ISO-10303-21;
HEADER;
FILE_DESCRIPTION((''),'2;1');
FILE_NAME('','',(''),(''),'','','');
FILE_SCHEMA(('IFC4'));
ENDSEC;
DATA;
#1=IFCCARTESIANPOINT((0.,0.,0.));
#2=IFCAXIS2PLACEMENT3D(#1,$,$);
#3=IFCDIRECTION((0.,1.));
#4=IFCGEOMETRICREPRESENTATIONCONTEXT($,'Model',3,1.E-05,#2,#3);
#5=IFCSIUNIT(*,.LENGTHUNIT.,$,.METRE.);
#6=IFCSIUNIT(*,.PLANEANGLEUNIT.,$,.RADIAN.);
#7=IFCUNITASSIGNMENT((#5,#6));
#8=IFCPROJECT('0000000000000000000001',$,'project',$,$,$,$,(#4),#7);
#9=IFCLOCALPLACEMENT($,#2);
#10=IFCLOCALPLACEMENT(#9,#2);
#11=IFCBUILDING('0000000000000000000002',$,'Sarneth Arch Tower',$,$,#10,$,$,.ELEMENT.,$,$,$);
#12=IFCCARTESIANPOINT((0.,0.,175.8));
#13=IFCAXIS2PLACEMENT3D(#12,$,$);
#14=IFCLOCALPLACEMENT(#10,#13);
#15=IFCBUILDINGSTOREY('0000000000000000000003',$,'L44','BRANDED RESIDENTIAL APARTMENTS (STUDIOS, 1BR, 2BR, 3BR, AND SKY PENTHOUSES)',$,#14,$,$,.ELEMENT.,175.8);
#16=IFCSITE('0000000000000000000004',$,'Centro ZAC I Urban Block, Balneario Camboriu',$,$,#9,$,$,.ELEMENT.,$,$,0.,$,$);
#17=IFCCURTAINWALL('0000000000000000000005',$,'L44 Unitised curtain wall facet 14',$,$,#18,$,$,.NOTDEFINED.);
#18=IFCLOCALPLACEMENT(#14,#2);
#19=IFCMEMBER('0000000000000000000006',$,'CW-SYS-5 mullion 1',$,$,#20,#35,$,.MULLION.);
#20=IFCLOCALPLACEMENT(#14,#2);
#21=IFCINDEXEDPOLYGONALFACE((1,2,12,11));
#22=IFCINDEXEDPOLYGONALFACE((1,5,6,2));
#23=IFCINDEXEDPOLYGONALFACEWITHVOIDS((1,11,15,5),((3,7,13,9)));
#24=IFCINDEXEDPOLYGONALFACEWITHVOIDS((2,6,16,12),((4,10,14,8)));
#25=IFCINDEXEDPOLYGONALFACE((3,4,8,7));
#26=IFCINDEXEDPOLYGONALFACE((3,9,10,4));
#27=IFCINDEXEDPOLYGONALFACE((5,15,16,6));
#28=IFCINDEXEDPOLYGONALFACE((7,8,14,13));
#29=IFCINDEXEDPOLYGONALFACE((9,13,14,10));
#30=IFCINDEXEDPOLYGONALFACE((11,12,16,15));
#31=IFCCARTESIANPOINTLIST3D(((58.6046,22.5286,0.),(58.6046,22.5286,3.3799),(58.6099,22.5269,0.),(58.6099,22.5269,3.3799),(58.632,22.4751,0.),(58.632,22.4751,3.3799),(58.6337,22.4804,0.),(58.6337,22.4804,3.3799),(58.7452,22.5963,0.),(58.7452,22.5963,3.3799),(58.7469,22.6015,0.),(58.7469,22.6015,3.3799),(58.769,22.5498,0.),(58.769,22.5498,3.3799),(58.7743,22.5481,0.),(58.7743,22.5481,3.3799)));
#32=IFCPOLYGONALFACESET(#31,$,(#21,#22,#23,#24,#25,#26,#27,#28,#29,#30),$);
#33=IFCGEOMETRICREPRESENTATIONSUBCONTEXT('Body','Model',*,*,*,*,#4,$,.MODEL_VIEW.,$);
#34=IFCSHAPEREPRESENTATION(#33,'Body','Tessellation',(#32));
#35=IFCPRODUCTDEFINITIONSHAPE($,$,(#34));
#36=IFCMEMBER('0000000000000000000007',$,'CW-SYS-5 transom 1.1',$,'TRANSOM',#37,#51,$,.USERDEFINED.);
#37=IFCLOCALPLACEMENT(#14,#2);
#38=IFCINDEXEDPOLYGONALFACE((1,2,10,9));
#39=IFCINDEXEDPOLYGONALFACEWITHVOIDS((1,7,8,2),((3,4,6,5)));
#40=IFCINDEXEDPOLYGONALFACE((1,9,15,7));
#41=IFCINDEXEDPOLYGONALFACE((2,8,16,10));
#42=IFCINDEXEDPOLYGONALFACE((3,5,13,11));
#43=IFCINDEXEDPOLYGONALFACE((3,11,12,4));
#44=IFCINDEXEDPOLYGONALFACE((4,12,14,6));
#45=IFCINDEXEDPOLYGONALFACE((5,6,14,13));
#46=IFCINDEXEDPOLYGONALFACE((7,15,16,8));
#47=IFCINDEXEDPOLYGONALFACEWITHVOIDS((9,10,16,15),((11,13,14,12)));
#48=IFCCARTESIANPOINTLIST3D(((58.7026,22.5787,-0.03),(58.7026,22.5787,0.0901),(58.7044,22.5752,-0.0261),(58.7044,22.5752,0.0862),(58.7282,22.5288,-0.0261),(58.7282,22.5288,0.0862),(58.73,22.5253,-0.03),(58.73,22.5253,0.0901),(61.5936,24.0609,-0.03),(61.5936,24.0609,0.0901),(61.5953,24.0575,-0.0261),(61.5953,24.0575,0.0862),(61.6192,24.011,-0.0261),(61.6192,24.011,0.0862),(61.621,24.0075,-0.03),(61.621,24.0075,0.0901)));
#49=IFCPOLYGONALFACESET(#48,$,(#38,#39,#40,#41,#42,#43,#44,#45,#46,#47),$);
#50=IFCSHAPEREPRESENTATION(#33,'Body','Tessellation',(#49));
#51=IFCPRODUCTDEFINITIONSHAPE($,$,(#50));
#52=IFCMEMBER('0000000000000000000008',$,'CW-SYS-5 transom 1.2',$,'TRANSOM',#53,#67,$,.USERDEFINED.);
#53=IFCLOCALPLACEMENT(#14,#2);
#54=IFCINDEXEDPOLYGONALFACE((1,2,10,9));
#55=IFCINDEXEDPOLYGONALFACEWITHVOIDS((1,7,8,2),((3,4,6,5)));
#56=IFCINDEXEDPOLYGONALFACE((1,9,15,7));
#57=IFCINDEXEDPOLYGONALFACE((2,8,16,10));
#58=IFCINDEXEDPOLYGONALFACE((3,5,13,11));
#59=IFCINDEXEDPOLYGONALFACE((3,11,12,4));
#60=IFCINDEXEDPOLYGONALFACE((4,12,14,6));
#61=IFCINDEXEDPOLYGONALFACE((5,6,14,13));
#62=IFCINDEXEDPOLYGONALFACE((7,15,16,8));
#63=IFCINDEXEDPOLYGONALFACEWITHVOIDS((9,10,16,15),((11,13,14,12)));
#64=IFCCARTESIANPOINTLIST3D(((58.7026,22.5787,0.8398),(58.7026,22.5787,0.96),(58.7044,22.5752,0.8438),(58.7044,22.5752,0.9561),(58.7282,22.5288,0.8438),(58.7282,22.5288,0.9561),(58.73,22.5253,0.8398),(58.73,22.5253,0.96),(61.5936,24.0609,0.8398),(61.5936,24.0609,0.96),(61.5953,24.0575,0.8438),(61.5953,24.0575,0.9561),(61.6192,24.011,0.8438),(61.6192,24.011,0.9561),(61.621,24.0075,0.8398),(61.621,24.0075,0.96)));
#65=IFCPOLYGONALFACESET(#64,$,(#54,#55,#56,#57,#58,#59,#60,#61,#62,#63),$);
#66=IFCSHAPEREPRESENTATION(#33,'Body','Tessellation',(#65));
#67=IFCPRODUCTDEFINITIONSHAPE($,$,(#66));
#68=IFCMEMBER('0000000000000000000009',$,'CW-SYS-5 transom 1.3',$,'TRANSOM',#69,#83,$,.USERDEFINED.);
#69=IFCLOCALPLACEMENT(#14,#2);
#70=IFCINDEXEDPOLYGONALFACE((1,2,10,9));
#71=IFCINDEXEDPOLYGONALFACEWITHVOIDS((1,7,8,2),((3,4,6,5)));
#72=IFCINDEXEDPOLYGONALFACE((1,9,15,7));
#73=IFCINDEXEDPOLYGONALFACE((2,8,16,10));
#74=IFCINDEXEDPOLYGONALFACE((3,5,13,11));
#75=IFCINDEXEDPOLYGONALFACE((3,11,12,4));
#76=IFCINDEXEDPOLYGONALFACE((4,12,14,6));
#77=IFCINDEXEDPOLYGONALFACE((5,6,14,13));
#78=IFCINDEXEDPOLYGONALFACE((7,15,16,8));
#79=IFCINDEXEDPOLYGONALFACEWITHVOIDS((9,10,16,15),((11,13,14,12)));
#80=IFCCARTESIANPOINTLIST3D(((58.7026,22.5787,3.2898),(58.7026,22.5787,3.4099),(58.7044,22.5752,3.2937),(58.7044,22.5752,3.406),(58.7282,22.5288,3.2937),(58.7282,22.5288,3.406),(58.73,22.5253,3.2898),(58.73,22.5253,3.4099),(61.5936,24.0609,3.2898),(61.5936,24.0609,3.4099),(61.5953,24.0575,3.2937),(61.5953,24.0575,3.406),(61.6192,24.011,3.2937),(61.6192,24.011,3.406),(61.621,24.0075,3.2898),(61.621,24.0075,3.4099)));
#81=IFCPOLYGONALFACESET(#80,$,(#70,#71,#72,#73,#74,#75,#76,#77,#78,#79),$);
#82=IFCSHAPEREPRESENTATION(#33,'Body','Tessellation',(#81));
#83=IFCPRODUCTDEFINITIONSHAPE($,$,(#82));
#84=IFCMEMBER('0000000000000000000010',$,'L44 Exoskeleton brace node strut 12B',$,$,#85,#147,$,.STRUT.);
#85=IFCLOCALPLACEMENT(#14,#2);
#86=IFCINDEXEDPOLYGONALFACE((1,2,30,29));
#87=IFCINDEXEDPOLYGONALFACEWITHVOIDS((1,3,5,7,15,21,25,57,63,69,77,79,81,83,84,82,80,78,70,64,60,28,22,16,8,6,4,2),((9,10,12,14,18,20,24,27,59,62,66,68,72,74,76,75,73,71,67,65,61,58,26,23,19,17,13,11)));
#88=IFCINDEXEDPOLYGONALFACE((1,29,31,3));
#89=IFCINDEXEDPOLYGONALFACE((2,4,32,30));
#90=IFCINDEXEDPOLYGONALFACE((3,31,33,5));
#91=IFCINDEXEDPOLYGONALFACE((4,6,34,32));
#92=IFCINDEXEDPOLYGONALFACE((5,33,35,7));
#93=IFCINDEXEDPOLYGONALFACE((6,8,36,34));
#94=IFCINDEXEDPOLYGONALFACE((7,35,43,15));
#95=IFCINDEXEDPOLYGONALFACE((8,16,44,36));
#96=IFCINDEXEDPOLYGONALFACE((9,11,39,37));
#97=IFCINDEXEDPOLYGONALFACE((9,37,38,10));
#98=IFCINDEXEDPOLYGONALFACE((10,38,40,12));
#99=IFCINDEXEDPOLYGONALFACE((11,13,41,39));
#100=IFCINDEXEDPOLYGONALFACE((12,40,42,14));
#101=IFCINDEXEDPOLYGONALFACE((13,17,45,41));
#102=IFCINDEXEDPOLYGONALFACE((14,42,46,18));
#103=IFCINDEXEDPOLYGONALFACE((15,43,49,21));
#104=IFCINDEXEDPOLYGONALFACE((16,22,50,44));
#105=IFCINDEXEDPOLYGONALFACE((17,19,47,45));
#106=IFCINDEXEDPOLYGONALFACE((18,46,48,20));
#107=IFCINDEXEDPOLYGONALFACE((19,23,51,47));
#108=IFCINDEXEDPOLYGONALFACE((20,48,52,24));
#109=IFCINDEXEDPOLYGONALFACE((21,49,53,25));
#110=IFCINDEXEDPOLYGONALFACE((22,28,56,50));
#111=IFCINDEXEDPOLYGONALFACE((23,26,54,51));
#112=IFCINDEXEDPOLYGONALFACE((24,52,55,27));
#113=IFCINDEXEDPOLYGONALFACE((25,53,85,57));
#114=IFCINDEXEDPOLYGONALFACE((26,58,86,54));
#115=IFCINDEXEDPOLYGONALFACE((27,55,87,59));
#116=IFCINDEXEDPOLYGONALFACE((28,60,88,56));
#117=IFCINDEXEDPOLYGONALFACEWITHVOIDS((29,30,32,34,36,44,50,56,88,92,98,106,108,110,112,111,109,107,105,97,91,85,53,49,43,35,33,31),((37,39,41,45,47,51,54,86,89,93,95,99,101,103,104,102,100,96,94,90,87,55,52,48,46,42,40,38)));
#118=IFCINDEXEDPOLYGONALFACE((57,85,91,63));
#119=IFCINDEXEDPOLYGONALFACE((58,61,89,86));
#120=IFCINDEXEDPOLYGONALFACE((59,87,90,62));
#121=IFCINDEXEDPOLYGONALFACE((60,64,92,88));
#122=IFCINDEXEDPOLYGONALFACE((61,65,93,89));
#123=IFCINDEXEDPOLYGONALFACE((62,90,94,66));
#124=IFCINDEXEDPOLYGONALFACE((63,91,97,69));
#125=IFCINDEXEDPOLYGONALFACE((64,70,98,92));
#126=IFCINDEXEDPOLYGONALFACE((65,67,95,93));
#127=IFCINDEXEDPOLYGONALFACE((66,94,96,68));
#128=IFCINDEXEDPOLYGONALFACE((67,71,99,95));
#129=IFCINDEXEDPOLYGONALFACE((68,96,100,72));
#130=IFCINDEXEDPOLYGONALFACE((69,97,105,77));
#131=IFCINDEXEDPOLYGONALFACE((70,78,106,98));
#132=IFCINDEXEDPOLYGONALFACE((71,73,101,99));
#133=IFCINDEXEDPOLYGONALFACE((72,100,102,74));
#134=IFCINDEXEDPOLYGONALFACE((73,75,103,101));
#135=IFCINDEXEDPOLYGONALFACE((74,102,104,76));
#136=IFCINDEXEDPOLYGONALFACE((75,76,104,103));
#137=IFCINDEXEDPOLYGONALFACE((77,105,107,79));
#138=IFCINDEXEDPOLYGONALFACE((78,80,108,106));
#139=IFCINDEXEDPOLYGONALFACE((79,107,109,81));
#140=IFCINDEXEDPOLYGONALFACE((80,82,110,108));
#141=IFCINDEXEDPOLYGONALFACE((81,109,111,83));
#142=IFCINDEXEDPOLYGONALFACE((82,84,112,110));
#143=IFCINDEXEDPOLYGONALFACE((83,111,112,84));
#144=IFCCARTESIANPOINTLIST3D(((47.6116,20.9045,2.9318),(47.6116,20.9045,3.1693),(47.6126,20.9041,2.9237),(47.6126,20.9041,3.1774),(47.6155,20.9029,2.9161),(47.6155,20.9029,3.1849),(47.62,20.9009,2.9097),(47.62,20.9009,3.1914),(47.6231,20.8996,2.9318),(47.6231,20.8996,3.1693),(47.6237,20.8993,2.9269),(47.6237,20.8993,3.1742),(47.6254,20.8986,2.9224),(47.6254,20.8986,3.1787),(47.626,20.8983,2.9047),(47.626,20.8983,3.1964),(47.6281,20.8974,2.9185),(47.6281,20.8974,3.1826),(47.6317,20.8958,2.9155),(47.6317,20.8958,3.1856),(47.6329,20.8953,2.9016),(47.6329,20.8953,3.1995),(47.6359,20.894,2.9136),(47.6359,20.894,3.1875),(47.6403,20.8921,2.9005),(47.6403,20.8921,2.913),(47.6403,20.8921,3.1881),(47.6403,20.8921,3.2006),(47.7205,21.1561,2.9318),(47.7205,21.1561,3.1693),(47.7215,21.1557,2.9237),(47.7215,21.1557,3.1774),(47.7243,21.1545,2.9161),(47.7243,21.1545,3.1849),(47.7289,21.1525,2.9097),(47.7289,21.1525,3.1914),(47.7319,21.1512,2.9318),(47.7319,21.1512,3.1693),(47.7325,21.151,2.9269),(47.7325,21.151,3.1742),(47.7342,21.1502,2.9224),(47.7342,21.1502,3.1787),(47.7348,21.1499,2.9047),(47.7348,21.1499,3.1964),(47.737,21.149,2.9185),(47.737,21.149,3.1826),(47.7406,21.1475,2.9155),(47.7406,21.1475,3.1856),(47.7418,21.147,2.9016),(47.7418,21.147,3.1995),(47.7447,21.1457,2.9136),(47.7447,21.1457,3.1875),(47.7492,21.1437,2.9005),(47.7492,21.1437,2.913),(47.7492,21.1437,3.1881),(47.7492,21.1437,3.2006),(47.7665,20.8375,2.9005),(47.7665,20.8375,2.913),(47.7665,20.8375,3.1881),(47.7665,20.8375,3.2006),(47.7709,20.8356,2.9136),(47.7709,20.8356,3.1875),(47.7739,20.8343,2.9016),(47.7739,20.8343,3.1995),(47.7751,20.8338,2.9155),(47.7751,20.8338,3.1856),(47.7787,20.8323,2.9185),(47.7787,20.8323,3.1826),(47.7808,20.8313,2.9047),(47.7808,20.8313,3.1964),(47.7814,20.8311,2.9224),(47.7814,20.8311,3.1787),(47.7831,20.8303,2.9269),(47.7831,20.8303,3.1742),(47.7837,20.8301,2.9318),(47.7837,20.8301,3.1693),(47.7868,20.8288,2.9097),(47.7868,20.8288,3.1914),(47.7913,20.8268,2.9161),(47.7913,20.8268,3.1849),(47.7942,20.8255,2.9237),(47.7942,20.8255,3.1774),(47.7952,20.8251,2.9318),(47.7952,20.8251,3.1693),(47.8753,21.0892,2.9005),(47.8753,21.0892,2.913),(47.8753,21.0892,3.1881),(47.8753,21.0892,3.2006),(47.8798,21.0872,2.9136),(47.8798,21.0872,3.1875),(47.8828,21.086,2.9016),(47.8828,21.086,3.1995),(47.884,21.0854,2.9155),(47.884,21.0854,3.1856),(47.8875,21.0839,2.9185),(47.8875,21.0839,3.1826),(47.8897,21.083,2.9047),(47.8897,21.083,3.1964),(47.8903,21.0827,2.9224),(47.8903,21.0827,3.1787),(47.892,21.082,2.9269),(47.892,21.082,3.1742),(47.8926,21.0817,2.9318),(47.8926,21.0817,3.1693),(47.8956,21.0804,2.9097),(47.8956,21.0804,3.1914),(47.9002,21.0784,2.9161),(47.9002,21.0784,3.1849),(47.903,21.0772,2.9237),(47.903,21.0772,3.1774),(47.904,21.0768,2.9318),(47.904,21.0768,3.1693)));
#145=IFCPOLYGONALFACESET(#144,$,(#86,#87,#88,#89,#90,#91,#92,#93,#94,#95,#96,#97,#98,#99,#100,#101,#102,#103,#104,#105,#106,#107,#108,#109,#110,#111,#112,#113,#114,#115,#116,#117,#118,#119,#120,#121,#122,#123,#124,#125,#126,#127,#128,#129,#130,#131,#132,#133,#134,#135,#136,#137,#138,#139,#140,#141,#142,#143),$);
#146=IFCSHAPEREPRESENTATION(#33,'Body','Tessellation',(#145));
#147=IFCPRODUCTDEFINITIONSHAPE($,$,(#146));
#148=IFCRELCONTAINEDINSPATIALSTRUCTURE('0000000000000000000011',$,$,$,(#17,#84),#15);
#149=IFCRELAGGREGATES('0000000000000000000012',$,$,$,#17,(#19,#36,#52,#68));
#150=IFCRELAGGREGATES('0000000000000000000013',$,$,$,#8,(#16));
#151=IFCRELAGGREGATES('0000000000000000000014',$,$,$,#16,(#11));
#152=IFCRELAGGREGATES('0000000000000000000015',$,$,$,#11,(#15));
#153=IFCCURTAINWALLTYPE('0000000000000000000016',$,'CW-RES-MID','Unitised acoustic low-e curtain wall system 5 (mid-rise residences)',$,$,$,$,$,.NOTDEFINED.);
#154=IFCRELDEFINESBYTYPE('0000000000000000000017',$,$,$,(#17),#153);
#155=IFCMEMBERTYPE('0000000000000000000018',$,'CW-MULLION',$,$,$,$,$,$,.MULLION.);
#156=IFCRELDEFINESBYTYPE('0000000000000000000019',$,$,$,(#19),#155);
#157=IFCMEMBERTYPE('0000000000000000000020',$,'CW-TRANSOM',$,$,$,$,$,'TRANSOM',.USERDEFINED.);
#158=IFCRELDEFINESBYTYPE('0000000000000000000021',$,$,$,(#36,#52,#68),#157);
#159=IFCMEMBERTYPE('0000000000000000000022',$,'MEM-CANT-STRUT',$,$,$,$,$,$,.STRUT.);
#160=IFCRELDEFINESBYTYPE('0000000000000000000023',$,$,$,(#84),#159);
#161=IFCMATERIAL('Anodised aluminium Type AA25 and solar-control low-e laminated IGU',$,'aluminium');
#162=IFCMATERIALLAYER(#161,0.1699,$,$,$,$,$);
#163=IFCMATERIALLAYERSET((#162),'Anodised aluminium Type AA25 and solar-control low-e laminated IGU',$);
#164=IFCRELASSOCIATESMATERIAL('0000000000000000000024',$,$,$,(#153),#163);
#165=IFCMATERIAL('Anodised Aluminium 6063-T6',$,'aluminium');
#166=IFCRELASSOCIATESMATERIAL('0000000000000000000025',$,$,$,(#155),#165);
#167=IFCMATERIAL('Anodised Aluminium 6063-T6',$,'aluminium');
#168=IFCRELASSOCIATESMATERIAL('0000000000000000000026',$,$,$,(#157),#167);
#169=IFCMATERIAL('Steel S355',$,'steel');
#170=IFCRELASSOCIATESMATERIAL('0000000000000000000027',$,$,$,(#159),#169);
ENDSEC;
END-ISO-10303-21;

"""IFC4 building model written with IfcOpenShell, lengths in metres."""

from ifc_helpers import new_model, si_unit, direction, frame, origin, origin_2d, place, context, subcontext, project, spatial, hollow_rectangle, extrude, material, layer, layer_set, material_profile, profile_set, type_object, element, aggregate, save


model = new_model("IFC4")

# Units and contexts
model_context = context("Model", 3, precision=1e-05, world=origin(), true_north=direction((0.0, 1.0)))
body_context = subcontext(model_context, "Body", "Model", "MODEL_VIEW")
ifc_project = project(units=[si_unit("LENGTHUNIT", "METRE"), si_unit("PLANEANGLEUNIT", "RADIAN")], contexts=[model_context])

# Site, building, storey
site_placement = place(None, origin())
site = spatial("IfcSite", under=ifc_project, at=site_placement, Name="Centro ZAC I Urban Block, Balneario Camboriu", CompositionType="ELEMENT", RefElevation=0.0)
building_placement = place(site_placement, origin())
building = spatial("IfcBuilding", under=site, at=building_placement, Name="Sarneth Arch Tower", CompositionType="ELEMENT")
storey_placement = place(building_placement, frame((0.0, 0.0, 175.8)))
storey = spatial("IfcBuildingStorey", under=building, at=storey_placement, Name="L44", Description="BRANDED RESIDENTIAL APARTMENTS (STUDIOS, 1BR, 2BR, 3BR, AND SKY PENTHOUSES)", CompositionType="ELEMENT", Elevation=175.8)

# Curtain wall, members
ifc_material_1 = material(Name="Anodised aluminium Type AA25 and solar-control low-e laminated IGU", Category="aluminium")
ifc_layer_1 = layer(ifc_material_1, 0.1699)
ifc_layer_set_1 = layer_set([ifc_layer_1], Name="Anodised aluminium Type AA25 and solar-control low-e laminated IGU")
curtain_wall_type = type_object("IfcCurtainWallType", Name="CW-RES-MID", Description="Unitised acoustic low-e curtain wall system 5 (mid-rise residences)", PredefinedType="NOTDEFINED", material=ifc_layer_set_1)
curtain_wall_placement = place(storey_placement, origin())
curtain_wall = element("IfcCurtainWall", 1, at=curtain_wall_placement, inside=storey, type_object=curtain_wall_type, Name="L44 Unitised curtain wall facet 14", PredefinedType="NOTDEFINED")
ifc_material_2 = material(Name="Anodised Aluminium 6063-T6", Category="aluminium")
ifc_material_profile_1 = material_profile(ifc_material_2, hollow_rectangle(XDim=0.0601, YDim=0.1599, WallThickness=0.0039, at=origin_2d()), Name="AL-MULL-160x60x4")
ifc_profile_set_1 = profile_set([ifc_material_profile_1], Name="Anodised Aluminium 6063-T6")
member_type_1 = type_object("IfcMemberType", Name="CW-MULLION", PredefinedType="MULLION", material=ifc_profile_set_1)
member_1_placement = place(storey_placement, frame((58.6895, 22.5383, 0.0), z_axis=(0.0, 0.0, 1.0), x_axis=(-0.456208, 0.889873, 0.0)))
member_1 = element("IfcMember", 2, at=member_1_placement, type_object=member_type_1, Name="CW-SYS-5 mullion 1", PredefinedType="MULLION", context=body_context, shape_type="SweptSolid", body=[
    extrude(hollow_rectangle(XDim=0.0601, YDim=0.1599, WallThickness=0.0039, at=origin_2d()), origin(), (0.0, 0.0, 1.0), 3.3799),
])
ifc_material_3 = material(Name="Anodised Aluminium 6063-T6", Category="aluminium")
ifc_material_profile_2 = material_profile(ifc_material_3, hollow_rectangle(XDim=0.0601, YDim=0.1201, WallThickness=0.0039, at=origin_2d()), Name="AL-TRAN-120x60x4")
ifc_profile_set_2 = profile_set([ifc_material_profile_2], Name="Anodised Aluminium 6063-T6")
member_type_2 = type_object("IfcMemberType", Name="CW-TRANSOM", ElementType="TRANSOM", PredefinedType="USERDEFINED", material=ifc_profile_set_2)
member_2_placement = place(storey_placement, frame((58.7163, 22.552, 0.03), z_axis=(0.889857, 0.456239, 0.0), x_axis=(-0.456239, 0.889857, 0.0)))
member_2 = element("IfcMember", 3, at=member_2_placement, type_object=member_type_2, Name="CW-SYS-5 transom 1.1", ObjectType="TRANSOM", PredefinedType="USERDEFINED", context=body_context, shape_type="SweptSolid", body=[
    extrude(hollow_rectangle(XDim=0.0601, YDim=0.1201, WallThickness=0.0039, at=origin_2d()), origin(), (0.0, 0.0, 1.0), 3.2488),
])
member_3_placement = place(storey_placement, frame((58.7163, 22.552, 0.8999), z_axis=(0.889857, 0.456239, 0.0), x_axis=(-0.456239, 0.889857, 0.0)))
member_3 = element("IfcMember", 4, at=member_3_placement, type_object=member_type_2, Name="CW-SYS-5 transom 1.2", ObjectType="TRANSOM", PredefinedType="USERDEFINED", context=body_context, shape_type="SweptSolid", body=[
    extrude(hollow_rectangle(XDim=0.0601, YDim=0.1201, WallThickness=0.0039, at=origin_2d()), origin(), (0.0, 0.0, 1.0), 3.2488),
])
member_4_placement = place(storey_placement, frame((58.7163, 22.552, 3.3499), z_axis=(0.889857, 0.456239, 0.0), x_axis=(-0.456239, 0.889857, 0.0)))
member_4 = element("IfcMember", 5, at=member_4_placement, type_object=member_type_2, Name="CW-SYS-5 transom 1.3", ObjectType="TRANSOM", PredefinedType="USERDEFINED", context=body_context, shape_type="SweptSolid", body=[
    extrude(hollow_rectangle(XDim=0.0601, YDim=0.1201, WallThickness=0.0039, at=origin_2d()), origin(), (0.0, 0.0, 1.0), 3.2488),
])
aggregate(curtain_wall, [member_1, member_2, member_3, member_4])

# Member
ifc_material_4 = material(Name="Steel S355", Category="steel")
ifc_material_profile_3 = material_profile(ifc_material_4, hollow_rectangle(XDim=0.2, YDim=0.3, WallThickness=0.0125, InnerFilletRadius=0.0188, OuterFilletRadius=0.0312, at=origin_2d()), Name="RHS300x200x12.5")
ifc_profile_set_3 = profile_set([ifc_material_profile_3], Name="Steel S355")
member_type_3 = type_object("IfcMemberType", Name="MEM-CANT-STRUT", PredefinedType="STRUT", material=ifc_profile_set_3)
member_5_placement = place(storey_placement, frame((47.8123, 21.1165, 3.0505), z_axis=(-0.397033, -0.917804, 0.0), x_axis=(0.917804, -0.397033, 0.0)))
element("IfcMember", 6, at=member_5_placement, inside=storey, type_object=member_type_3, Name="L44 Exoskeleton brace node strut 12B", PredefinedType="STRUT", context=body_context, shape_type="SweptSolid", body=[
    extrude(hollow_rectangle(XDim=0.2, YDim=0.3, WallThickness=0.0125, InnerFilletRadius=0.0188, OuterFilletRadius=0.0312, at=origin_2d()), origin(), (0.0, 0.0, 1.0), 0.2742),
])

save(model, "model.ifc")
